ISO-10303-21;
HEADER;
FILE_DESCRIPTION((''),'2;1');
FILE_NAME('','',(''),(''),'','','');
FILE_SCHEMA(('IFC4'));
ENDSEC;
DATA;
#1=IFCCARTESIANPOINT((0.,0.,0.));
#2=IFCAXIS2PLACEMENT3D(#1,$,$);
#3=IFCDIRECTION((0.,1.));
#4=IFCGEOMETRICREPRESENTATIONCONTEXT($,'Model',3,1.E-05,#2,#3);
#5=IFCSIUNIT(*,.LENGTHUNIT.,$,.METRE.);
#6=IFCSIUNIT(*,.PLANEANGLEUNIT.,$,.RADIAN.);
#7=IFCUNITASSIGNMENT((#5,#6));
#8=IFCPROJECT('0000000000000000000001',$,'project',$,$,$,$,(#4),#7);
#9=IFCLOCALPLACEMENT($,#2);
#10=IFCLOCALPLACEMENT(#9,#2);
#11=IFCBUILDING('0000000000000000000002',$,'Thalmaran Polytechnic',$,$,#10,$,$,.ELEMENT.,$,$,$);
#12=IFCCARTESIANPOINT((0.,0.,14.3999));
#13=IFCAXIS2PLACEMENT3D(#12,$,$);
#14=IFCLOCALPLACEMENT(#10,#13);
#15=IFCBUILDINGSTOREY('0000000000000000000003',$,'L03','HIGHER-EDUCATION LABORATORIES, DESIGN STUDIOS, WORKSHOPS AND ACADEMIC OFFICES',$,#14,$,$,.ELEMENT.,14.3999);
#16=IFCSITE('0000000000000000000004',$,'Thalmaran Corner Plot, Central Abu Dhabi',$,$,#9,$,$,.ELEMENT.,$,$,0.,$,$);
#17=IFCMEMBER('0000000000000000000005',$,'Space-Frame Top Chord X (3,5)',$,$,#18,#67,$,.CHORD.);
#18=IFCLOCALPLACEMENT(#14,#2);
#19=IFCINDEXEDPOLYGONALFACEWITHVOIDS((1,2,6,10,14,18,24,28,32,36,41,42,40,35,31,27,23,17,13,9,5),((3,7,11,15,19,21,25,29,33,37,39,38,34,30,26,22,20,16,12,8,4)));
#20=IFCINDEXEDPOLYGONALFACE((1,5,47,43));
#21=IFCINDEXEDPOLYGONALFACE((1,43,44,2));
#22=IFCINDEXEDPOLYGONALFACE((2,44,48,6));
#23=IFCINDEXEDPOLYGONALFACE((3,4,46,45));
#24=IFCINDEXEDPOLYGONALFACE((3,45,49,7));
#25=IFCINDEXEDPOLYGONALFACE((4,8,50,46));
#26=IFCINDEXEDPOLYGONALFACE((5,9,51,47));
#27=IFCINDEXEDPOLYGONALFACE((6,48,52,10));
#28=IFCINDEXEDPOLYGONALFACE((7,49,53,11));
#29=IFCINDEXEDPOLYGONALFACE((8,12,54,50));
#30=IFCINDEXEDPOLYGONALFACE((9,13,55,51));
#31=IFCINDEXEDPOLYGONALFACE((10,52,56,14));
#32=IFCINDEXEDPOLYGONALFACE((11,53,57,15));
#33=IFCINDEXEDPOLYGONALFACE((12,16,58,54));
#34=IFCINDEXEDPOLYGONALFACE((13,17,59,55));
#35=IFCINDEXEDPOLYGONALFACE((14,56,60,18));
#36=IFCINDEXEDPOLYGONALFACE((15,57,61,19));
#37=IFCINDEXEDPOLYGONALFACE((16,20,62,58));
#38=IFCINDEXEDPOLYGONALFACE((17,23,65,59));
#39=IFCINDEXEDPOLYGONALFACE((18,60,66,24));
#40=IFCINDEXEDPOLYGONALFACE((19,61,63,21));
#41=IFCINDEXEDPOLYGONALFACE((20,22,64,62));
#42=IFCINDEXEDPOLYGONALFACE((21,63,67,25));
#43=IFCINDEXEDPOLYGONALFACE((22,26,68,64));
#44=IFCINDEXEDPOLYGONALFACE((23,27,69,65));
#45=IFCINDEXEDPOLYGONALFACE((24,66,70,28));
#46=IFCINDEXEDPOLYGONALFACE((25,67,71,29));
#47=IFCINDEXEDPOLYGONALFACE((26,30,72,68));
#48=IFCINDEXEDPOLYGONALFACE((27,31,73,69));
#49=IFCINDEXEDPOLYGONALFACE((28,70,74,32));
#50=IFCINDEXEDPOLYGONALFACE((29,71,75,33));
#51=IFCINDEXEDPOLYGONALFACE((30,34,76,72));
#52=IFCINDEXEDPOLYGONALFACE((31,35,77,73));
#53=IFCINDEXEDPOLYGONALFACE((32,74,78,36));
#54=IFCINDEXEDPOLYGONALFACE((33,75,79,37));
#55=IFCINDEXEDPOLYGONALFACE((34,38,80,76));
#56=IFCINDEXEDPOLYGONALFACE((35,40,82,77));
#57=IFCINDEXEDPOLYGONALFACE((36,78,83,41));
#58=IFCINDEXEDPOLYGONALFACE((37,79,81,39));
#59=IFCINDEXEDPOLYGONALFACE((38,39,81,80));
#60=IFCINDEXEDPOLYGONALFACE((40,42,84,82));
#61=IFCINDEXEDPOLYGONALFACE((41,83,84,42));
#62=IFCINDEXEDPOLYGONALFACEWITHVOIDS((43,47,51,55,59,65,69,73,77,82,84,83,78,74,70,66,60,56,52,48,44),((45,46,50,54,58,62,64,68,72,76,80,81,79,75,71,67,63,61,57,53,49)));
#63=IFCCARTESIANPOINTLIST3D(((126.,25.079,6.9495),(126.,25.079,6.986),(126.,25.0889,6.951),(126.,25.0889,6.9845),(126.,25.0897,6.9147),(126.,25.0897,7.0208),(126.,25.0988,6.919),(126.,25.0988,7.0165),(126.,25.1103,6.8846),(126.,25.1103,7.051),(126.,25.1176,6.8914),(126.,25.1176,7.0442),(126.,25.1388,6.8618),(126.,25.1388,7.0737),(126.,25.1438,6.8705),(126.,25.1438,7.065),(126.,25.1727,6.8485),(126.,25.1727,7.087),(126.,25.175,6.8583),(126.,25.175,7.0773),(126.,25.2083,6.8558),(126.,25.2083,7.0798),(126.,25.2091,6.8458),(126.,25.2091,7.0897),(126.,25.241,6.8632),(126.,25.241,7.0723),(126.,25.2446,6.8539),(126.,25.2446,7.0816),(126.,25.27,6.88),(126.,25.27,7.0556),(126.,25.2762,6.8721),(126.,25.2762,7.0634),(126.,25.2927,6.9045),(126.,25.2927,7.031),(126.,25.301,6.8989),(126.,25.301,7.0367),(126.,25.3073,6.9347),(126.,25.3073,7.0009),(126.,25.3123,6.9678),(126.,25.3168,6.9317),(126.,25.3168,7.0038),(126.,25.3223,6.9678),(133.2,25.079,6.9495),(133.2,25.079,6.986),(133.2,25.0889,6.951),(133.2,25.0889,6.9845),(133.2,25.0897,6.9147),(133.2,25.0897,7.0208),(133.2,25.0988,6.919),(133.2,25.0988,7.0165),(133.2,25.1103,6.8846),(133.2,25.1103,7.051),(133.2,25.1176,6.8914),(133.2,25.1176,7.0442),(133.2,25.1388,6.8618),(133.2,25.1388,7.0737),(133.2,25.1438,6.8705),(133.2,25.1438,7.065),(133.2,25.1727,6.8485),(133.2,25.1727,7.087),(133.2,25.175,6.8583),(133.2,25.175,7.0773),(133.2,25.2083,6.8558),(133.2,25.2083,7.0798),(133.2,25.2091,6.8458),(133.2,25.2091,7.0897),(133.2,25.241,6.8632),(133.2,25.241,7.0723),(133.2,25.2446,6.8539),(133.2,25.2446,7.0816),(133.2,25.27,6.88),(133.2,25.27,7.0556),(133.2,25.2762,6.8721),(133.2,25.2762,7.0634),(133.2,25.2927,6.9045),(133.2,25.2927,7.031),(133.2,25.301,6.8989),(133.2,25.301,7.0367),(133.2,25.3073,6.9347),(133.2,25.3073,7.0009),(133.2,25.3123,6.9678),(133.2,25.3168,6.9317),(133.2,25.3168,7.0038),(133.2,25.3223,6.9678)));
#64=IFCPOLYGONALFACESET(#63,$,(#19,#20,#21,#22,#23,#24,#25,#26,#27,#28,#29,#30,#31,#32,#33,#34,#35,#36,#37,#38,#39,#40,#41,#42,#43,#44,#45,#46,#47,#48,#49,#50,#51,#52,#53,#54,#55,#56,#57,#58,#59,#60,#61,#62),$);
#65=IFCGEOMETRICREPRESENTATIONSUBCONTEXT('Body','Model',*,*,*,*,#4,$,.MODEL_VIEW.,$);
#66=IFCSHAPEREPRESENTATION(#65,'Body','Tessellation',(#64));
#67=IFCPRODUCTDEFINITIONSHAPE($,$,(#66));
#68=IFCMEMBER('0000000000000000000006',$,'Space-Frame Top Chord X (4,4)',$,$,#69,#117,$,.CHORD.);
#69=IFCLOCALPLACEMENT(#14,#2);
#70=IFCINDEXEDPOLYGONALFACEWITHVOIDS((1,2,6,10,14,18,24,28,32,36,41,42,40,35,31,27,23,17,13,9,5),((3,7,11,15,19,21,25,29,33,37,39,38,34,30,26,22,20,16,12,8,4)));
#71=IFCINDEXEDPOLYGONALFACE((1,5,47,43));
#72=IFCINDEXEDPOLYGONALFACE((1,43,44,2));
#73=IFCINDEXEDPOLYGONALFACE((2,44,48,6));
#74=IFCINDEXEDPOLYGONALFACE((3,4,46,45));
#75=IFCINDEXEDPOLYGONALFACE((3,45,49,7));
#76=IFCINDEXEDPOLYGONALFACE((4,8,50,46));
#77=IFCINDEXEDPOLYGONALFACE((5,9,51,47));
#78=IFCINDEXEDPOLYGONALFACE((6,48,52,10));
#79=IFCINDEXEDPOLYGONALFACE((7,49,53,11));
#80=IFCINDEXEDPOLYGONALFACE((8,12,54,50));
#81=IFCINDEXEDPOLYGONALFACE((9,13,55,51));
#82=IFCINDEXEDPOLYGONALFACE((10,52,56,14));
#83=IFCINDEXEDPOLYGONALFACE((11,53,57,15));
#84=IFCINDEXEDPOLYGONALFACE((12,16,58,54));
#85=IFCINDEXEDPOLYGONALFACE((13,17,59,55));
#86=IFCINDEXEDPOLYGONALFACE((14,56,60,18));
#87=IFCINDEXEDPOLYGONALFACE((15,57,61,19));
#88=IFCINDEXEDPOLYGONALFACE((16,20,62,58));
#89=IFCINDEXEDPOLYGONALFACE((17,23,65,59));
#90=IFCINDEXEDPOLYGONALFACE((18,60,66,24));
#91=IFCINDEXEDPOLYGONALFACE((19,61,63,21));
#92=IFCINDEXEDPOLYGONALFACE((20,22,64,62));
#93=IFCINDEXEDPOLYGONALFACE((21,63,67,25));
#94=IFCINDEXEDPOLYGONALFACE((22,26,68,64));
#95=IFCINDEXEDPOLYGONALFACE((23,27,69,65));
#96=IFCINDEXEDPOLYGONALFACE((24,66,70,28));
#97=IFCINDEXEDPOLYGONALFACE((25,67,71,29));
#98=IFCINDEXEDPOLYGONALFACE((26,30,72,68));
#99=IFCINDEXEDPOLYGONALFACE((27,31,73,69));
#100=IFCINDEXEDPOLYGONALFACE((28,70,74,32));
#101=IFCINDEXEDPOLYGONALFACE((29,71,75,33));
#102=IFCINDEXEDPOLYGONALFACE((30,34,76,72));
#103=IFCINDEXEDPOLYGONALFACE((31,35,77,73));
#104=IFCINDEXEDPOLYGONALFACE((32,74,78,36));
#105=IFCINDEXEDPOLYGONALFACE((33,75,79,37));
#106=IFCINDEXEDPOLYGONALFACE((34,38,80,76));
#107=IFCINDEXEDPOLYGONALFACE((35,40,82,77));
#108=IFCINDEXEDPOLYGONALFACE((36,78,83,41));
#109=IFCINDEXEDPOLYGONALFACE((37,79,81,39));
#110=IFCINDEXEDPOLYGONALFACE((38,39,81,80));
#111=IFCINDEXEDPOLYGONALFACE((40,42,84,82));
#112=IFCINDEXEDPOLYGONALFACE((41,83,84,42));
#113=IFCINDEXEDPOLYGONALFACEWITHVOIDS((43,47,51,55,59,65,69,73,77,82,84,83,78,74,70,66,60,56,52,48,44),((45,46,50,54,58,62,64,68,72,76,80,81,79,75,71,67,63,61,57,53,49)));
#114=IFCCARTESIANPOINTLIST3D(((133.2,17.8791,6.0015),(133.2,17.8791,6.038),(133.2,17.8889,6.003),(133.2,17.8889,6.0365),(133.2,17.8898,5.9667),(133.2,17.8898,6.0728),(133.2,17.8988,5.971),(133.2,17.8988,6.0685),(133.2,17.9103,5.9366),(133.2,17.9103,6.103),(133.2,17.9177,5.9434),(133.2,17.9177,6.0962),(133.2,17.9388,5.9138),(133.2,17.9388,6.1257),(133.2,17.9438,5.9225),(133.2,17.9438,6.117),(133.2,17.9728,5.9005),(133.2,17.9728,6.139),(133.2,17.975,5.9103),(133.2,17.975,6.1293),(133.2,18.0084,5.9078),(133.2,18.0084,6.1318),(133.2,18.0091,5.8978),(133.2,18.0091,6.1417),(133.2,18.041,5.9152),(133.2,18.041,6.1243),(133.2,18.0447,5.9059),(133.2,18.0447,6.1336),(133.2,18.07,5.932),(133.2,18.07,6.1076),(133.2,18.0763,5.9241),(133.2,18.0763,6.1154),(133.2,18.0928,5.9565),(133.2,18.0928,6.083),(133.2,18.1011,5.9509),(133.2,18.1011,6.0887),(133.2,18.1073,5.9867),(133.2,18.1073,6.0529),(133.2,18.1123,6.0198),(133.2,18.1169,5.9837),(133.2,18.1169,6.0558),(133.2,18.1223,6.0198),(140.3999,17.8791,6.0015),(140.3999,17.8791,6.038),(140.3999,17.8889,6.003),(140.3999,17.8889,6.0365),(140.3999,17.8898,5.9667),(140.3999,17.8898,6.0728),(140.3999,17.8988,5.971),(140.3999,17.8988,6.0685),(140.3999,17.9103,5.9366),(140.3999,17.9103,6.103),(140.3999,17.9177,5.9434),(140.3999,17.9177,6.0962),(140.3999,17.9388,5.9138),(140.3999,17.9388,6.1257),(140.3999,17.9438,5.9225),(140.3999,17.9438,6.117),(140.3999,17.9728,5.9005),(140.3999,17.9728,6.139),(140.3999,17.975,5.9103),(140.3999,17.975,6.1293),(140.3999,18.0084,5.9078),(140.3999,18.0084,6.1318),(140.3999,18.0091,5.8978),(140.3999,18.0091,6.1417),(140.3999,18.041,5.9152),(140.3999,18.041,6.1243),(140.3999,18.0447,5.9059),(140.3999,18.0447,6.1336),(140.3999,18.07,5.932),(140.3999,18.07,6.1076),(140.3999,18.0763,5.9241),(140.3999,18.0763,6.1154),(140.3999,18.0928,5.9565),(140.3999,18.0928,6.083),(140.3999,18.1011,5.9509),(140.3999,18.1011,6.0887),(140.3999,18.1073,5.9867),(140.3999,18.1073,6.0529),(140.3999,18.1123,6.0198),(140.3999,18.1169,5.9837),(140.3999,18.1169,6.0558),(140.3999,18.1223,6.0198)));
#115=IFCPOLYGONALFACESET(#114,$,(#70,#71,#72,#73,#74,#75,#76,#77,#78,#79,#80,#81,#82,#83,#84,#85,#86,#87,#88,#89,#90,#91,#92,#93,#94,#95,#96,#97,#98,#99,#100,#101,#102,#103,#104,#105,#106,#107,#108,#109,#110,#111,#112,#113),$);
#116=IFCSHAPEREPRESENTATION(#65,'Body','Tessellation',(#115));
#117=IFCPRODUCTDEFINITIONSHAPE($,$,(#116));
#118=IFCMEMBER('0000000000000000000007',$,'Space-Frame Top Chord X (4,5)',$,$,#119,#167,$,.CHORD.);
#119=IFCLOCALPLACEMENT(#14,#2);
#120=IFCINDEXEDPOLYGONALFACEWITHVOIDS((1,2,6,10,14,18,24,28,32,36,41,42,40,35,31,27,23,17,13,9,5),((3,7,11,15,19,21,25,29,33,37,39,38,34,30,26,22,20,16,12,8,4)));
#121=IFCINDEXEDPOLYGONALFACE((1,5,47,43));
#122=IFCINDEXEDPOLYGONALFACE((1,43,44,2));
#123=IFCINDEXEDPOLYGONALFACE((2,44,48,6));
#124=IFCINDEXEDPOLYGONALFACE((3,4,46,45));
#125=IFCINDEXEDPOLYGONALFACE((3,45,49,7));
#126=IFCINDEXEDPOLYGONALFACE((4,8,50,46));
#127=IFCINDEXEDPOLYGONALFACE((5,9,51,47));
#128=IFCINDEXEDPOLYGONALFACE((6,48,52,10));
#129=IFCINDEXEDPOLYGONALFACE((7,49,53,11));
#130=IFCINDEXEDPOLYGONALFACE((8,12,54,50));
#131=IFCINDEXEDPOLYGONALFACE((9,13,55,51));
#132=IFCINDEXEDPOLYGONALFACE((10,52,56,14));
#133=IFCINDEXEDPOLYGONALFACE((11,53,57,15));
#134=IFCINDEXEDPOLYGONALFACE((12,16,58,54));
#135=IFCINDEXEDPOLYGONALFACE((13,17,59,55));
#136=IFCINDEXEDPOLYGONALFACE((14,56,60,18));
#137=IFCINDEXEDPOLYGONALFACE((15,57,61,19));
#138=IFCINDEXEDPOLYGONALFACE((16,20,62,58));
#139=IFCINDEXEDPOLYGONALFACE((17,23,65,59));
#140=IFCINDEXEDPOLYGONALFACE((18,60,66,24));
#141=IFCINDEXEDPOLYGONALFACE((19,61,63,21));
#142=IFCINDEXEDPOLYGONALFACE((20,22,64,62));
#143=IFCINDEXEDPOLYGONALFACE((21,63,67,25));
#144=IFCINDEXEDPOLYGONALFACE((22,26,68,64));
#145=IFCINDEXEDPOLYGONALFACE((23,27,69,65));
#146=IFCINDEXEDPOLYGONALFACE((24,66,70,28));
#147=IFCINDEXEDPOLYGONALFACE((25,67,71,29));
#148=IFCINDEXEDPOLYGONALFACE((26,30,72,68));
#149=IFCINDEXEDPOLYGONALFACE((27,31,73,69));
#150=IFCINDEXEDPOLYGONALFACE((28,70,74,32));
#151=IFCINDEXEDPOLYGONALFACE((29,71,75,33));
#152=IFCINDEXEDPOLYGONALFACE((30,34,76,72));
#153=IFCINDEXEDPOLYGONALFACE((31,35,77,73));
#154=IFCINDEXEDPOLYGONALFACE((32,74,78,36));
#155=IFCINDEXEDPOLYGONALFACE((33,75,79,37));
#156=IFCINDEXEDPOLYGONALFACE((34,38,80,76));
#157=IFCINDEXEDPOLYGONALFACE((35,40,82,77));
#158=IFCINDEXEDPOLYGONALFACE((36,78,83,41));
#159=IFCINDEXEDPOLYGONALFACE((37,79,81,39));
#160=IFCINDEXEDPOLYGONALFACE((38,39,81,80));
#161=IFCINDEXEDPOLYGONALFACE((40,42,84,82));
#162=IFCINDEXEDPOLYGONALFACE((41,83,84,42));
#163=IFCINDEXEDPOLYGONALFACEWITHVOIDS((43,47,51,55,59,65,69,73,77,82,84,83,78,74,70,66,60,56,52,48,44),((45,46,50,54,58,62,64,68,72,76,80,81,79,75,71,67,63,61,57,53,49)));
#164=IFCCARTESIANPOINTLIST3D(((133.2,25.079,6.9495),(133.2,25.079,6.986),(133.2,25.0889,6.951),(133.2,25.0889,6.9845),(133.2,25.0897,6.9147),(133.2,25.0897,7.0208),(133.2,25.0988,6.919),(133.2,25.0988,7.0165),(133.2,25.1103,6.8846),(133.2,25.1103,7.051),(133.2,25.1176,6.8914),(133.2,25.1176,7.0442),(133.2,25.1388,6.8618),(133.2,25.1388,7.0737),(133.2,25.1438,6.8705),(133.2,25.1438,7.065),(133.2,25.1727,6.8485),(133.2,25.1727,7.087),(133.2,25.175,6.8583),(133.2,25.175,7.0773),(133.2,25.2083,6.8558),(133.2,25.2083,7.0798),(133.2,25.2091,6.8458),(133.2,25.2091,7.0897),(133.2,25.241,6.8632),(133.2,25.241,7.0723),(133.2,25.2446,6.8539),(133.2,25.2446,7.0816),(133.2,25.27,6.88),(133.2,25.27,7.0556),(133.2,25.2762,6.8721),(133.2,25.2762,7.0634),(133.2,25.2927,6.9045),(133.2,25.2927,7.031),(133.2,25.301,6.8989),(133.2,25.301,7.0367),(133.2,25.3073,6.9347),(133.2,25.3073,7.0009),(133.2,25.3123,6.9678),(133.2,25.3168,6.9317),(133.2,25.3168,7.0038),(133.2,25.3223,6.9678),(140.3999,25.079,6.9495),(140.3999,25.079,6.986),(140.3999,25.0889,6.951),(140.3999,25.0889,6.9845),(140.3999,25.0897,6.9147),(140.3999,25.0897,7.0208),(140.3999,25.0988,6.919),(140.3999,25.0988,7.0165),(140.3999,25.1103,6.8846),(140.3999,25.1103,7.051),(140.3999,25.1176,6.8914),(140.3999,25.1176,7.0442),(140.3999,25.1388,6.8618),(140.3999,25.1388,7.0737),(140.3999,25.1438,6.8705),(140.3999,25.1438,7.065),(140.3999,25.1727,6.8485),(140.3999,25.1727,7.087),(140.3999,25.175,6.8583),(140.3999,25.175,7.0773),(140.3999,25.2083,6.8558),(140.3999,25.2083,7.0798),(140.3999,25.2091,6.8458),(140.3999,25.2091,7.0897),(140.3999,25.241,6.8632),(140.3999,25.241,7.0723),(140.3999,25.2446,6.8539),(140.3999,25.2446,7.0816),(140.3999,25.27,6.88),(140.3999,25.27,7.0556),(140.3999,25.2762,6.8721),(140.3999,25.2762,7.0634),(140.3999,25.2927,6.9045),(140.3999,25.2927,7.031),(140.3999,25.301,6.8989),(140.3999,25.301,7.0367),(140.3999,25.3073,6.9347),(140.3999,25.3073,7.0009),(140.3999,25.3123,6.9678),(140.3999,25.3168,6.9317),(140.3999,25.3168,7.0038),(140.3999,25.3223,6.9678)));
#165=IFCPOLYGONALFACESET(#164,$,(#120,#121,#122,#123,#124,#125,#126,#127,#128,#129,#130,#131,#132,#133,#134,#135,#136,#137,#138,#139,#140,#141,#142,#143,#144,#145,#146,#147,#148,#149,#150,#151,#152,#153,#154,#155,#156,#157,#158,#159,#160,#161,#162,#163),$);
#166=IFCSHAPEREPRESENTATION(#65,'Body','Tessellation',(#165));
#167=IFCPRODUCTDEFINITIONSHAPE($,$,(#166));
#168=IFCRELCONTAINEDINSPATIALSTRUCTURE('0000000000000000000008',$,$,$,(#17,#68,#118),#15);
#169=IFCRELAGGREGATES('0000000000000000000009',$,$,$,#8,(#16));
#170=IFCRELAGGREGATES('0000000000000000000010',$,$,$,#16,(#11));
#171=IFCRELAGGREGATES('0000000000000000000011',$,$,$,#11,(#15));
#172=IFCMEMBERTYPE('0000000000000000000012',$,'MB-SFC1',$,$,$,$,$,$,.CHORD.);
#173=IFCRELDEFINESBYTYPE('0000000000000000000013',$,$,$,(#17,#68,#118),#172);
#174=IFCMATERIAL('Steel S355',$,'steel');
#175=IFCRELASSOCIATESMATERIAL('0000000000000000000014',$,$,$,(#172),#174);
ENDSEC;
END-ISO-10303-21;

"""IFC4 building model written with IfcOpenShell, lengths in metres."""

from ifc_helpers import new_model, si_unit, direction, frame, origin, origin_2d, place, context, subcontext, project, spatial, hollow_circle, extrude, material, material_profile, profile_set, type_object, element, save


model = new_model("IFC4")

# Units and contexts
model_context = context("Model", 3, precision=1e-05, world=origin(), true_north=direction((0.0, 1.0)))
body_context = subcontext(model_context, "Body", "Model", "MODEL_VIEW")
ifc_project = project(units=[si_unit("LENGTHUNIT", "METRE"), si_unit("PLANEANGLEUNIT", "RADIAN")], contexts=[model_context])

# Site, building, storey
site_placement = place(None, origin())
site = spatial("IfcSite", under=ifc_project, at=site_placement, Name="Thalmaran Corner Plot, Central Abu Dhabi", CompositionType="ELEMENT", RefElevation=0.0)
building_placement = place(site_placement, origin())
building = spatial("IfcBuilding", under=site, at=building_placement, Name="Thalmaran Polytechnic", CompositionType="ELEMENT")
storey_placement = place(building_placement, frame((0.0, 0.0, 14.3999)))
storey = spatial("IfcBuildingStorey", under=building, at=storey_placement, Name="L03", Description="HIGHER-EDUCATION LABORATORIES, DESIGN STUDIOS, WORKSHOPS AND ACADEMIC OFFICES", CompositionType="ELEMENT", Elevation=14.3999)

# Members
ifc_material = material(Name="Steel S355", Category="steel")
ifc_material_profile_1 = material_profile(ifc_material, hollow_circle(Radius=0.1223, WallThickness=0.01, at=origin_2d()), Name="CHS 244.5x10.0")
ifc_profile_set_1 = profile_set([ifc_material_profile_1], Name="Steel S355")
member_type_1 = type_object("IfcMemberType", Name="MB-SFC1", PredefinedType="CHORD", material=ifc_profile_set_1)
for number, where, z_axis, x_axis, name in (
    (1, (126.0, 25.2, 6.9678), (1.0, 0.0, 0.0), (0.0, 1.0, 0.0), "Space-Frame Top Chord X (3,5)"),
    (2, (133.2, 18.0, 6.0198), (1.0, 0.0, 0.0), (0.0, 1.0, 0.0), "Space-Frame Top Chord X (4,4)"),
    (3, (133.2, 25.2, 6.9678), (1.0, 0.0, 0.0), (0.0, 1.0, 0.0), "Space-Frame Top Chord X (4,5)"),
):
    element("IfcMember", number, at=place(storey_placement, frame(where, z_axis=z_axis, x_axis=x_axis)), inside=storey, type_object=member_type_1, Name=name, PredefinedType="CHORD", context=body_context, shape_type="SweptSolid", body=[
        extrude(hollow_circle(Radius=0.1223, WallThickness=0.01, at=origin_2d()), origin(), (0.0, 0.0, 1.0), 7.2),
    ])

save(model, "model.ifc")
